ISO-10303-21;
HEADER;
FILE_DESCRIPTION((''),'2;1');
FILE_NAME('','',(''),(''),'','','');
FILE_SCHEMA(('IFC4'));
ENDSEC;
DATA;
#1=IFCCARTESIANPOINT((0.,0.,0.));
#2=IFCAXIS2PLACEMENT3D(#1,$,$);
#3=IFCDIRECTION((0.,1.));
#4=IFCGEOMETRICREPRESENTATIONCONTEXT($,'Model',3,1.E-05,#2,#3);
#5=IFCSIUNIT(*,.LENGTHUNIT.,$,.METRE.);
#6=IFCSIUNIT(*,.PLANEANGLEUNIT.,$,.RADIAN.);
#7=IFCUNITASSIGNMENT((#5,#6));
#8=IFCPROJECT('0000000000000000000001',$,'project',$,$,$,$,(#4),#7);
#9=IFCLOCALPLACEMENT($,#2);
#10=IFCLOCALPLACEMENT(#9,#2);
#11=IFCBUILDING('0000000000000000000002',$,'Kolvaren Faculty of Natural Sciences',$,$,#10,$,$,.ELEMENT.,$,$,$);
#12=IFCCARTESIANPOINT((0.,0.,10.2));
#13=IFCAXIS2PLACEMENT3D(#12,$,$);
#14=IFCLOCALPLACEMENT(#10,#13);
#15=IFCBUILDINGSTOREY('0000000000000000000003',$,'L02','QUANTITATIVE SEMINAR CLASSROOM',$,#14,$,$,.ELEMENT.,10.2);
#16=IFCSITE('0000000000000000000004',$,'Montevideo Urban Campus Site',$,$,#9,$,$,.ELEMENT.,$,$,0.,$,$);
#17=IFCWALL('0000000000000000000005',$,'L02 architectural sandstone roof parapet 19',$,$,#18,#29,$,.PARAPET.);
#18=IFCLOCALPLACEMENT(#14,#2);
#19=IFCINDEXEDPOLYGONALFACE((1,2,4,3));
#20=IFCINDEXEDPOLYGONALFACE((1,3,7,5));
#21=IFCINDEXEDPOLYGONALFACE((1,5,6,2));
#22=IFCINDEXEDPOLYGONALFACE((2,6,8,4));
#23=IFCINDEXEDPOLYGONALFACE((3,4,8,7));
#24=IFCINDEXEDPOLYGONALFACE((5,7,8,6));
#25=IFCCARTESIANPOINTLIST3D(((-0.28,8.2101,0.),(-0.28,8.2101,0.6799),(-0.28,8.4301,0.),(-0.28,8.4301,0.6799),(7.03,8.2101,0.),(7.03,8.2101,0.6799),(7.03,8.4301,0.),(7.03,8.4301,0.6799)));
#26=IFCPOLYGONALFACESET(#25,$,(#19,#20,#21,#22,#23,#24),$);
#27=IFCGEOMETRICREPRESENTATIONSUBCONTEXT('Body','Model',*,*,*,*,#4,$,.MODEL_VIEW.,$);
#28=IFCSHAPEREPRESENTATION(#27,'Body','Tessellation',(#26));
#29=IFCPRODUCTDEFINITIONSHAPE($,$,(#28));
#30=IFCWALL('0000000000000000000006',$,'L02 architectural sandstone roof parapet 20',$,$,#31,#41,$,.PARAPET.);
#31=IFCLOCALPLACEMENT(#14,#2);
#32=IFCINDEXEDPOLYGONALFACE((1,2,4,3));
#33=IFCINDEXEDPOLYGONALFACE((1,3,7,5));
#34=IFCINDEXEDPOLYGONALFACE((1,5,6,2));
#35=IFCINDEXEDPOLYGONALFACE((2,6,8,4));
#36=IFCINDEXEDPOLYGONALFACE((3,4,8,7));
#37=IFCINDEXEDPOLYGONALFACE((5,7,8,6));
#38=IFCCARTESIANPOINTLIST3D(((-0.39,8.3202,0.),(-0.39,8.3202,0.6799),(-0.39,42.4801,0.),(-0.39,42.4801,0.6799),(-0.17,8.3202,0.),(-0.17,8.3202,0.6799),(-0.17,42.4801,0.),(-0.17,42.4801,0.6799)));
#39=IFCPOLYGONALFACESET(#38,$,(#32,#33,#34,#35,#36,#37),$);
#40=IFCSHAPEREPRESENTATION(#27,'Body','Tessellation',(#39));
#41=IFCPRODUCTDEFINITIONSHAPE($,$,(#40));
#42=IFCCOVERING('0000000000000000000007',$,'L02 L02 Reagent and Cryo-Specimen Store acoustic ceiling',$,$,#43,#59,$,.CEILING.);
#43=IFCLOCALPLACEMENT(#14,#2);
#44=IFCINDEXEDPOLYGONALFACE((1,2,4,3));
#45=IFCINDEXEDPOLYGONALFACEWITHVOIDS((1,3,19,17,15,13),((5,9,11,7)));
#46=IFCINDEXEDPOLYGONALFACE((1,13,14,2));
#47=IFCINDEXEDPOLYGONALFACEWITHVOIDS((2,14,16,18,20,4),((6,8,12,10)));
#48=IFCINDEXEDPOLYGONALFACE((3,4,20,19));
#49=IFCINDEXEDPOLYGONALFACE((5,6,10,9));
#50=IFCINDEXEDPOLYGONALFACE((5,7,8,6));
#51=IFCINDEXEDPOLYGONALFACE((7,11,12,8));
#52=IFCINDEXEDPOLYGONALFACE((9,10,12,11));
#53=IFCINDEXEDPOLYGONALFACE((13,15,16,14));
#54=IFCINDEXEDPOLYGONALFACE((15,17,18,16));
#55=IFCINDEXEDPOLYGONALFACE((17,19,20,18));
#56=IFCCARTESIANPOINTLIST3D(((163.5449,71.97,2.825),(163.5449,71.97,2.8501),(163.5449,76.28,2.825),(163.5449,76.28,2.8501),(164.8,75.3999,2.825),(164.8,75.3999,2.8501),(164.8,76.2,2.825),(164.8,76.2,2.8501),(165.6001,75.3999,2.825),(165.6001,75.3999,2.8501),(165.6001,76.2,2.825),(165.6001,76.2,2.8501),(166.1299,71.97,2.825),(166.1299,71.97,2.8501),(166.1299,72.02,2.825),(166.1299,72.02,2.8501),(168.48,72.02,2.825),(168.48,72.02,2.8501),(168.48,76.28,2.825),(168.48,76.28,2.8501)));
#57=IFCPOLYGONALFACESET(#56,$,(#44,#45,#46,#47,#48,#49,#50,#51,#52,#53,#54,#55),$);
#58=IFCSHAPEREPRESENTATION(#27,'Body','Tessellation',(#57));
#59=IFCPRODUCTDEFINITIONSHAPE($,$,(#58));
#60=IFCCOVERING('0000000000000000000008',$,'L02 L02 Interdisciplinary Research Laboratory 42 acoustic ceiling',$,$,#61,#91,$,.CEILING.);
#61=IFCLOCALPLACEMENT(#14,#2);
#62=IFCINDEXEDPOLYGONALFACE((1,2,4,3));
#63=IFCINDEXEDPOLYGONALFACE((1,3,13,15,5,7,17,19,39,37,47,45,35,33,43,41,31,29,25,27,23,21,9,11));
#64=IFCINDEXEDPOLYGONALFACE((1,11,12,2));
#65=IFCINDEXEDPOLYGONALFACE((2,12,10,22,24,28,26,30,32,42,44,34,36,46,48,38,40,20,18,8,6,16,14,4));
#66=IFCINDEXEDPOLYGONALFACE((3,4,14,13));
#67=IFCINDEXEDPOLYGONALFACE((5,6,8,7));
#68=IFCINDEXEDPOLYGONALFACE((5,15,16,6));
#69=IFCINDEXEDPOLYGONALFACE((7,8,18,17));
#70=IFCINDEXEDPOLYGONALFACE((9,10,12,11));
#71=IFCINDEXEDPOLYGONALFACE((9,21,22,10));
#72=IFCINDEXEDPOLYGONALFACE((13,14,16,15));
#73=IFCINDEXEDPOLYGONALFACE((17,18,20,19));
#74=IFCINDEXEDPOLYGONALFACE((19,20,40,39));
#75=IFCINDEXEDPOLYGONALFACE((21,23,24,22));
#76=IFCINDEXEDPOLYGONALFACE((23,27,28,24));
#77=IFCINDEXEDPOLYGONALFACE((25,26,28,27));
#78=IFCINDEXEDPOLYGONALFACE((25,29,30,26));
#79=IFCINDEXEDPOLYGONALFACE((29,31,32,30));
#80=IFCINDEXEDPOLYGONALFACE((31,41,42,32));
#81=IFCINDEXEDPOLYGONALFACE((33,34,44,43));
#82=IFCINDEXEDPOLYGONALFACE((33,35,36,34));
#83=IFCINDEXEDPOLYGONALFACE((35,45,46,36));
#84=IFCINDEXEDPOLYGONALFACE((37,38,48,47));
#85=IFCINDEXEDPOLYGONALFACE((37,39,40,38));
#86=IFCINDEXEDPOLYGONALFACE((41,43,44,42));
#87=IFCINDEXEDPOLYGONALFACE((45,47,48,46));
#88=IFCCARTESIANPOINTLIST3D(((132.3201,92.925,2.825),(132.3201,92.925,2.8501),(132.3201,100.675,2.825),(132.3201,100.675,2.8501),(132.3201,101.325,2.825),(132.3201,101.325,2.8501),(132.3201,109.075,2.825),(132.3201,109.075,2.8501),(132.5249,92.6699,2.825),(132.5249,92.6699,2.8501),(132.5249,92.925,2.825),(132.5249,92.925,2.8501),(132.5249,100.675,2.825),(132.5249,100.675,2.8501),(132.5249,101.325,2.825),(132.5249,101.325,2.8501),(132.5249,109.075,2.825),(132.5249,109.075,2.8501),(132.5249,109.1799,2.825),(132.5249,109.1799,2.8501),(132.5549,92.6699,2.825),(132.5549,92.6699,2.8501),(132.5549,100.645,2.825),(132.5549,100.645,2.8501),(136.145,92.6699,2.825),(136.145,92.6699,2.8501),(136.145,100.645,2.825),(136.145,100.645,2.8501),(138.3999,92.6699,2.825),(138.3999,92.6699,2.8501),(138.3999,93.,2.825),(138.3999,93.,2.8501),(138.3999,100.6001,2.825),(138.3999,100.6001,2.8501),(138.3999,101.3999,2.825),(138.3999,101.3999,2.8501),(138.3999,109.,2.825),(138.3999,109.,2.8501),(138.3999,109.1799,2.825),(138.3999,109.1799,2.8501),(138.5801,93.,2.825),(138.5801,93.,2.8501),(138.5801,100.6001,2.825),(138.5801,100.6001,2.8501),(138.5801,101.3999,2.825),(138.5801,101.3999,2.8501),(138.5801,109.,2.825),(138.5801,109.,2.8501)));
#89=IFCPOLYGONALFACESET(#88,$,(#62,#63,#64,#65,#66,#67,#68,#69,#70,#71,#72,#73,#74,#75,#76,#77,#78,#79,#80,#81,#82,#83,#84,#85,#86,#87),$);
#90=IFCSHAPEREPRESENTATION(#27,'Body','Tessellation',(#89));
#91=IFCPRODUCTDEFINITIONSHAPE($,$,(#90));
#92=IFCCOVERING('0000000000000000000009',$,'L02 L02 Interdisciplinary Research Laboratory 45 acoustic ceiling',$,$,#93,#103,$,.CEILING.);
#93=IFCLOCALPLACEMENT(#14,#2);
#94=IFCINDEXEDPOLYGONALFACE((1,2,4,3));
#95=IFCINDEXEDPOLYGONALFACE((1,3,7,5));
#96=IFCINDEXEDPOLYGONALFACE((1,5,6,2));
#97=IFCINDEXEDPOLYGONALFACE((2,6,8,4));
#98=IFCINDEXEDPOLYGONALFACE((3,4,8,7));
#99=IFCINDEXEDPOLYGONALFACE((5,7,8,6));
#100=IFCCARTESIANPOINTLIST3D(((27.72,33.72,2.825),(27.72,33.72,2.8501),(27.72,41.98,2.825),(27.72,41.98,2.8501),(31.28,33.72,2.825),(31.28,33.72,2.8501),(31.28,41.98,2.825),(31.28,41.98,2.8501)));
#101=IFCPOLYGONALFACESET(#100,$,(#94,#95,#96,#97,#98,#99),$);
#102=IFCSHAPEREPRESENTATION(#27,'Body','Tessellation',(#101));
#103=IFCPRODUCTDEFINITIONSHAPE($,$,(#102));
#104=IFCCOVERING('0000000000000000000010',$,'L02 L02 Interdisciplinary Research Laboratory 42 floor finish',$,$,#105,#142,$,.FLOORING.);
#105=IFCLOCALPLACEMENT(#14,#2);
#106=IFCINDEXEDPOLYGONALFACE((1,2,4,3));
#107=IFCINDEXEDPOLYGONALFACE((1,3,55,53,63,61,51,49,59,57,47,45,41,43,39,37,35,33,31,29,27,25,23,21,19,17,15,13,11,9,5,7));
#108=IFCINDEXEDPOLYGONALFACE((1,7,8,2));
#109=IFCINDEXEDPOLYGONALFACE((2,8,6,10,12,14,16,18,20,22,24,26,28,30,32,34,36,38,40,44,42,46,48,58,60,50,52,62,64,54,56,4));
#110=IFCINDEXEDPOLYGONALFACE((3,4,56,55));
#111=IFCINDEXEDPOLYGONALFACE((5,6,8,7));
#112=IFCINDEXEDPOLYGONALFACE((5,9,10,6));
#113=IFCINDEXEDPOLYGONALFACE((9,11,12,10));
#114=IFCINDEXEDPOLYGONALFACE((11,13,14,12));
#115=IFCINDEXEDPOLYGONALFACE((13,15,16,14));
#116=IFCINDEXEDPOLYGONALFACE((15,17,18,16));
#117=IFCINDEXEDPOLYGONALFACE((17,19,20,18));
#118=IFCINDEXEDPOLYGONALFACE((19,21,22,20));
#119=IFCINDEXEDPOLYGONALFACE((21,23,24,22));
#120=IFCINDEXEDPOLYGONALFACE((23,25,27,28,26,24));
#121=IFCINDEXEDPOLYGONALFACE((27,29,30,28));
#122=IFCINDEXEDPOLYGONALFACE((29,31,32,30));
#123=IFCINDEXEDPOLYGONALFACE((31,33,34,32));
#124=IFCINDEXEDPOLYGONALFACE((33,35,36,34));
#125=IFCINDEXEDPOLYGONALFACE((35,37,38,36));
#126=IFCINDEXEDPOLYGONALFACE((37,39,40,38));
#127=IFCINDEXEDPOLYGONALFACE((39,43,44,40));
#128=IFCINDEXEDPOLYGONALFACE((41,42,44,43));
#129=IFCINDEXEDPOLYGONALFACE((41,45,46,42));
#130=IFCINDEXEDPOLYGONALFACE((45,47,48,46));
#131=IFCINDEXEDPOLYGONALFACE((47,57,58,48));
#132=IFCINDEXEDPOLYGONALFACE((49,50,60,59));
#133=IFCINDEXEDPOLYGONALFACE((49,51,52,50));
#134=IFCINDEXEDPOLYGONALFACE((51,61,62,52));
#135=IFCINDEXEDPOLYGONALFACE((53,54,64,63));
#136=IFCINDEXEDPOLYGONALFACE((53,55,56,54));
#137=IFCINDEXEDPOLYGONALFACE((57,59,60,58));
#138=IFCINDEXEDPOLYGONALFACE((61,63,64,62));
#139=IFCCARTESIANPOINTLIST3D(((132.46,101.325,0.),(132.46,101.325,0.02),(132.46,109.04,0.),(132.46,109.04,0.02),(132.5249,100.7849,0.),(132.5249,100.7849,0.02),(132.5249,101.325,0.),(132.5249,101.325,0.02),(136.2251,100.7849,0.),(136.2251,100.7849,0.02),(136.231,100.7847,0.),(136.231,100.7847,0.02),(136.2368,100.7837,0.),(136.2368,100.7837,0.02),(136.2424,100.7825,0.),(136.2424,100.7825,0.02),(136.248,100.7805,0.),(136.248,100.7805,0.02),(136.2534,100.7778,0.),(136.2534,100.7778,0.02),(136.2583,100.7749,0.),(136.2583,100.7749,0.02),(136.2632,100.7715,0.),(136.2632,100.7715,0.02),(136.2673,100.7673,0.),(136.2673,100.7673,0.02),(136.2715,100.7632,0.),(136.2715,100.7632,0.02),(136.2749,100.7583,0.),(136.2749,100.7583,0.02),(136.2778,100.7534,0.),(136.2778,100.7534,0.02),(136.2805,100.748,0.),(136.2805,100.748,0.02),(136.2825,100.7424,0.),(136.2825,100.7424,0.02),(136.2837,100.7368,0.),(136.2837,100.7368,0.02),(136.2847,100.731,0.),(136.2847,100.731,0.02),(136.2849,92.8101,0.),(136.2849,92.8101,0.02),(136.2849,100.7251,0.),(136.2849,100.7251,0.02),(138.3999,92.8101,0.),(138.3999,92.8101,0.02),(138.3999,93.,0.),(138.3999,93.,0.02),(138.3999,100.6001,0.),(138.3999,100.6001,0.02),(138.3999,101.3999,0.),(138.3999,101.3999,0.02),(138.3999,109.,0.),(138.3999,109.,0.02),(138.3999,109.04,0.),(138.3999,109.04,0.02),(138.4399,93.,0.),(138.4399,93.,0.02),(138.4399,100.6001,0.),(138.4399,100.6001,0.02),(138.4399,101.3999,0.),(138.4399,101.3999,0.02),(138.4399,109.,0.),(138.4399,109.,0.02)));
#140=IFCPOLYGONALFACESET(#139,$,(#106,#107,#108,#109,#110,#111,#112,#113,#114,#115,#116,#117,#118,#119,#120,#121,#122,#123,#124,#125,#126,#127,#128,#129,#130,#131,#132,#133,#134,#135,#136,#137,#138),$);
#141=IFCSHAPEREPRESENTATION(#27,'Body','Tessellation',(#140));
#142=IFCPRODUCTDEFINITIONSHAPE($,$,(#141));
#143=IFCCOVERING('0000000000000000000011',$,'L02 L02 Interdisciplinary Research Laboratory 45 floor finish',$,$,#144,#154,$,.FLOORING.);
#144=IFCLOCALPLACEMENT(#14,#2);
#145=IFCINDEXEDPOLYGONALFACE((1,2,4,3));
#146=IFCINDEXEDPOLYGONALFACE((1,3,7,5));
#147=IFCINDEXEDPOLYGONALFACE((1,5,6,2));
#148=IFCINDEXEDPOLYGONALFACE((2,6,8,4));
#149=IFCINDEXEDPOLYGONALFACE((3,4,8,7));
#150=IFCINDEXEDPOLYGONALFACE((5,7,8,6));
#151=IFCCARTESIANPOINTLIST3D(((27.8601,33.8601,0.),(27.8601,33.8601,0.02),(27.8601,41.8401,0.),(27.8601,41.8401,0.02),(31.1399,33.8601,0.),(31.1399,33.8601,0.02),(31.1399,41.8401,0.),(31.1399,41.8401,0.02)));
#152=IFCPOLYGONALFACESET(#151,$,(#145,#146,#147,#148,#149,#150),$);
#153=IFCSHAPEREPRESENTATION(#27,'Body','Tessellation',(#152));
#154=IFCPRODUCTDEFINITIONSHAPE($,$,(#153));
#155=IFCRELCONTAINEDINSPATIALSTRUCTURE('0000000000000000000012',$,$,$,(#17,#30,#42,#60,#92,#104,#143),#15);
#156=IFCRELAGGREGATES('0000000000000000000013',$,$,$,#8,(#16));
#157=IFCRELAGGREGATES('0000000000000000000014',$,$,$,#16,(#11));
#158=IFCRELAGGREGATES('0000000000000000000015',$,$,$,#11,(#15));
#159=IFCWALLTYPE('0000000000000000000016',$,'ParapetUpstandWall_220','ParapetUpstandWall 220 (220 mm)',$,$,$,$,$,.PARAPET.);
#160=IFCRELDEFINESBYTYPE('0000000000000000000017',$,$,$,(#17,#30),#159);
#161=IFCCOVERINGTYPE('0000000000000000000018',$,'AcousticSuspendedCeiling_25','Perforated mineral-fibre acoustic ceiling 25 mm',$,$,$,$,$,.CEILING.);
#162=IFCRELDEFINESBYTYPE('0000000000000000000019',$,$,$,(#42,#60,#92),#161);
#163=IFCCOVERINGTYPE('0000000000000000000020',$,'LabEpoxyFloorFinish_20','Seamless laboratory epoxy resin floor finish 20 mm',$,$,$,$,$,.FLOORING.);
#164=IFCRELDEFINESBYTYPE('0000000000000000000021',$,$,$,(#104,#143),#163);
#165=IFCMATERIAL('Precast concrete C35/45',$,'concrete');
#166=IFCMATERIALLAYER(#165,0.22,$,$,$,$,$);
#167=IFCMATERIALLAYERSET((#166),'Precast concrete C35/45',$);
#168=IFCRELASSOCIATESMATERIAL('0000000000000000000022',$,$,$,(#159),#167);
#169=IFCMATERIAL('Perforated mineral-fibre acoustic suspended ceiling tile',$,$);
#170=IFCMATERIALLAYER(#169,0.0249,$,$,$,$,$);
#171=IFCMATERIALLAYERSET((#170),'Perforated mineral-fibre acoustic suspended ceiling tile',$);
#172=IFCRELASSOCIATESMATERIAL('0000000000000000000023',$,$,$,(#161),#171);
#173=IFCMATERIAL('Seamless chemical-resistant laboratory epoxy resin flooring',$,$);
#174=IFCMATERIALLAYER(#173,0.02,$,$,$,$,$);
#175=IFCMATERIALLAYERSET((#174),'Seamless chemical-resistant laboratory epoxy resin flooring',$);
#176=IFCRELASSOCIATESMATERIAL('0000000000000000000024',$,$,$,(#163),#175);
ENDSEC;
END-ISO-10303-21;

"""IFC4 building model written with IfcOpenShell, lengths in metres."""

from ifc_helpers import new_model, si_unit, direction, frame, frame_2d, origin, place, context, subcontext, project, spatial, polyline, rectangle, outline, extrude, material, layer, layer_set, type_object, element, save


model = new_model("IFC4")

# Units and contexts
model_context = context("Model", 3, precision=1e-05, world=origin(), true_north=direction((0.0, 1.0)))
body_context = subcontext(model_context, "Body", "Model", "MODEL_VIEW")
ifc_project = project(units=[si_unit("LENGTHUNIT", "METRE"), si_unit("PLANEANGLEUNIT", "RADIAN")], contexts=[model_context])

# Site, building, storey
site_placement = place(None, origin())
site = spatial("IfcSite", under=ifc_project, at=site_placement, Name="Montevideo Urban Campus Site", CompositionType="ELEMENT", RefElevation=0.0)
building_placement = place(site_placement, origin())
building = spatial("IfcBuilding", under=site, at=building_placement, Name="Kolvaren Faculty of Natural Sciences", CompositionType="ELEMENT")
storey_placement = place(building_placement, frame((0.0, 0.0, 10.2)))
storey = spatial("IfcBuildingStorey", under=building, at=storey_placement, Name="L02", Description="QUANTITATIVE SEMINAR CLASSROOM", CompositionType="ELEMENT", Elevation=10.2)

# Walls
ifc_material_1 = material(Name="Precast concrete C35/45", Category="concrete")
ifc_layer_1 = layer(ifc_material_1, 0.22)
ifc_layer_set_1 = layer_set([ifc_layer_1], Name="Precast concrete C35/45")
wall_type_1 = type_object("IfcWallType", Name="ParapetUpstandWall_220", Description="ParapetUpstandWall 220 (220 mm)", PredefinedType="PARAPET", material=ifc_layer_set_1)
wall_1_placement = place(storey_placement, frame((7.03, 8.3201, 0.0), z_axis=(0.0, 0.0, 1.0), x_axis=(-1.0, 0.0, 0.0)))
element("IfcWall", 1, at=wall_1_placement, inside=storey, type_object=wall_type_1, Name="L02 architectural sandstone roof parapet 19", PredefinedType="PARAPET", context=body_context, shape_type="SweptSolid", body=[
    extrude(rectangle(XDim=7.3101, YDim=0.22, at=frame_2d((3.655, 0.0))), origin(), (0.0, 0.0, 1.0), 0.6799),
])
wall_2_placement = place(storey_placement, frame((-0.28, 8.3201, 0.0), z_axis=(0.0, 0.0, 1.0), x_axis=(0.0, 1.0, 0.0)))
element("IfcWall", 2, at=wall_2_placement, inside=storey, type_object=wall_type_1, Name="L02 architectural sandstone roof parapet 20", PredefinedType="PARAPET", context=body_context, shape_type="SweptSolid", body=[
    extrude(rectangle(XDim=34.1599, YDim=0.22, at=frame_2d((17.0801, 0.0))), origin(), (0.0, 0.0, 1.0), 0.6799),
])

# Coverings
ifc_material_2 = material(Name="Perforated mineral-fibre acoustic suspended ceiling tile")
ifc_layer_2 = layer(ifc_material_2, 0.0249)
ifc_layer_set_2 = layer_set([ifc_layer_2], Name="Perforated mineral-fibre acoustic suspended ceiling tile")
covering_type_1 = type_object("IfcCoveringType", Name="AcousticSuspendedCeiling_25", Description="Perforated mineral-fibre acoustic ceiling 25 mm", PredefinedType="CEILING", material=ifc_layer_set_2)
covering_1_placement = place(storey_placement, frame((0.0, 0.0, 2.825)))
element("IfcCovering", 3, at=covering_1_placement, inside=storey, type_object=covering_type_1, Name="L02 L02 Reagent and Cryo-Specimen Store acoustic ceiling", PredefinedType="CEILING", context=body_context, shape_type="SweptSolid", body=[
    extrude(outline(polyline([(163.5449, 71.97), (163.5449, 76.28), (168.48, 76.28), (168.48, 72.02), (166.1299, 72.02), (166.1299, 71.97), (163.5449, 71.97)]), holes=[polyline([(164.8, 76.2), (164.8, 75.3999), (165.6001, 75.3999), (165.6001, 76.2), (164.8, 76.2)])]), origin(), (0.0, 0.0, 1.0), 0.0251),
])
covering_2_placement = place(storey_placement, frame((0.0, 0.0, 2.825)))
element("IfcCovering", 4, at=covering_2_placement, inside=storey, type_object=covering_type_1, Name="L02 L02 Interdisciplinary Research Laboratory 42 acoustic ceiling", PredefinedType="CEILING", context=body_context, shape_type="SweptSolid", body=[
    extrude(outline(polyline([(136.145, 92.6699), (136.145, 100.645), (132.5549, 100.645), (132.5549, 92.6699), (132.5249, 92.6699), (132.5249, 92.925), (132.3201, 92.925), (132.3201, 100.675), (132.5249, 100.675), (132.5249, 101.325), (132.3201, 101.325), (132.3201, 109.075), (132.5249, 109.075), (132.5249, 109.1799), (138.3999, 109.1799), (138.3999, 109.0), (138.5801, 109.0), (138.5801, 101.3999), (138.3999, 101.3999), (138.3999, 100.6001), (138.5801, 100.6001), (138.5801, 93.0), (138.3999, 93.0), (138.3999, 92.6699), (136.145, 92.6699)])), origin(), (0.0, 0.0, 1.0), 0.0251),
])
covering_3_placement = place(storey_placement, frame((0.0, 0.0, 2.825)))
element("IfcCovering", 5, at=covering_3_placement, inside=storey, type_object=covering_type_1, Name="L02 L02 Interdisciplinary Research Laboratory 45 acoustic ceiling", PredefinedType="CEILING", context=body_context, shape_type="SweptSolid", body=[
    extrude(outline(polyline([(27.72, 33.72), (27.72, 41.98), (31.28, 41.98), (31.28, 33.72), (27.72, 33.72)])), origin(), (0.0, 0.0, 1.0), 0.0251),
])
ifc_material_3 = material(Name="Seamless chemical-resistant laboratory epoxy resin flooring")
ifc_layer_3 = layer(ifc_material_3, 0.02)
ifc_layer_set_3 = layer_set([ifc_layer_3], Name="Seamless chemical-resistant laboratory epoxy resin flooring")
covering_type_2 = type_object("IfcCoveringType", Name="LabEpoxyFloorFinish_20", Description="Seamless laboratory epoxy resin floor finish 20 mm", PredefinedType="FLOORING", material=ifc_layer_set_3)
covering_4_placement = place(storey_placement, origin())
element("IfcCovering", 6, at=covering_4_placement, inside=storey, type_object=covering_type_2, Name="L02 L02 Interdisciplinary Research Laboratory 42 floor finish", PredefinedType="FLOORING", context=body_context, shape_type="SweptSolid", body=[
    extrude(outline(polyline([(132.46, 109.04), (138.3999, 109.04), (138.3999, 109.0), (138.4399, 109.0), (138.4399, 101.3999), (138.3999, 101.3999), (138.3999, 100.6001), (138.4399, 100.6001), (138.4399, 93.0), (138.3999, 93.0), (138.3999, 92.8101), (136.2849, 92.8101), (136.2849, 100.7251), (136.2847, 100.731), (136.2837, 100.7368), (136.2825, 100.7424), (136.2805, 100.748), (136.2778, 100.7534), (136.2749, 100.7583), (136.2715, 100.7632), (136.2673, 100.7673), (136.2632, 100.7715), (136.2583, 100.7749), (136.2534, 100.7778), (136.248, 100.7805), (136.2424, 100.7825), (136.2368, 100.7837), (136.231, 100.7847), (136.2251, 100.7849), (132.5249, 100.7849), (132.5249, 101.325), (132.46, 101.325), (132.46, 109.04)])), origin(), (0.0, 0.0, 1.0), 0.02),
])
covering_5_placement = place(storey_placement, origin())
element("IfcCovering", 7, at=covering_5_placement, inside=storey, type_object=covering_type_2, Name="L02 L02 Interdisciplinary Research Laboratory 45 floor finish", PredefinedType="FLOORING", context=body_context, shape_type="SweptSolid", body=[
    extrude(outline(polyline([(31.1399, 33.8601), (27.8601, 33.8601), (27.8601, 41.8401), (31.1399, 41.8401), (31.1399, 33.8601)])), origin(), (0.0, 0.0, 1.0), 0.02),
])

save(model, "model.ifc")
